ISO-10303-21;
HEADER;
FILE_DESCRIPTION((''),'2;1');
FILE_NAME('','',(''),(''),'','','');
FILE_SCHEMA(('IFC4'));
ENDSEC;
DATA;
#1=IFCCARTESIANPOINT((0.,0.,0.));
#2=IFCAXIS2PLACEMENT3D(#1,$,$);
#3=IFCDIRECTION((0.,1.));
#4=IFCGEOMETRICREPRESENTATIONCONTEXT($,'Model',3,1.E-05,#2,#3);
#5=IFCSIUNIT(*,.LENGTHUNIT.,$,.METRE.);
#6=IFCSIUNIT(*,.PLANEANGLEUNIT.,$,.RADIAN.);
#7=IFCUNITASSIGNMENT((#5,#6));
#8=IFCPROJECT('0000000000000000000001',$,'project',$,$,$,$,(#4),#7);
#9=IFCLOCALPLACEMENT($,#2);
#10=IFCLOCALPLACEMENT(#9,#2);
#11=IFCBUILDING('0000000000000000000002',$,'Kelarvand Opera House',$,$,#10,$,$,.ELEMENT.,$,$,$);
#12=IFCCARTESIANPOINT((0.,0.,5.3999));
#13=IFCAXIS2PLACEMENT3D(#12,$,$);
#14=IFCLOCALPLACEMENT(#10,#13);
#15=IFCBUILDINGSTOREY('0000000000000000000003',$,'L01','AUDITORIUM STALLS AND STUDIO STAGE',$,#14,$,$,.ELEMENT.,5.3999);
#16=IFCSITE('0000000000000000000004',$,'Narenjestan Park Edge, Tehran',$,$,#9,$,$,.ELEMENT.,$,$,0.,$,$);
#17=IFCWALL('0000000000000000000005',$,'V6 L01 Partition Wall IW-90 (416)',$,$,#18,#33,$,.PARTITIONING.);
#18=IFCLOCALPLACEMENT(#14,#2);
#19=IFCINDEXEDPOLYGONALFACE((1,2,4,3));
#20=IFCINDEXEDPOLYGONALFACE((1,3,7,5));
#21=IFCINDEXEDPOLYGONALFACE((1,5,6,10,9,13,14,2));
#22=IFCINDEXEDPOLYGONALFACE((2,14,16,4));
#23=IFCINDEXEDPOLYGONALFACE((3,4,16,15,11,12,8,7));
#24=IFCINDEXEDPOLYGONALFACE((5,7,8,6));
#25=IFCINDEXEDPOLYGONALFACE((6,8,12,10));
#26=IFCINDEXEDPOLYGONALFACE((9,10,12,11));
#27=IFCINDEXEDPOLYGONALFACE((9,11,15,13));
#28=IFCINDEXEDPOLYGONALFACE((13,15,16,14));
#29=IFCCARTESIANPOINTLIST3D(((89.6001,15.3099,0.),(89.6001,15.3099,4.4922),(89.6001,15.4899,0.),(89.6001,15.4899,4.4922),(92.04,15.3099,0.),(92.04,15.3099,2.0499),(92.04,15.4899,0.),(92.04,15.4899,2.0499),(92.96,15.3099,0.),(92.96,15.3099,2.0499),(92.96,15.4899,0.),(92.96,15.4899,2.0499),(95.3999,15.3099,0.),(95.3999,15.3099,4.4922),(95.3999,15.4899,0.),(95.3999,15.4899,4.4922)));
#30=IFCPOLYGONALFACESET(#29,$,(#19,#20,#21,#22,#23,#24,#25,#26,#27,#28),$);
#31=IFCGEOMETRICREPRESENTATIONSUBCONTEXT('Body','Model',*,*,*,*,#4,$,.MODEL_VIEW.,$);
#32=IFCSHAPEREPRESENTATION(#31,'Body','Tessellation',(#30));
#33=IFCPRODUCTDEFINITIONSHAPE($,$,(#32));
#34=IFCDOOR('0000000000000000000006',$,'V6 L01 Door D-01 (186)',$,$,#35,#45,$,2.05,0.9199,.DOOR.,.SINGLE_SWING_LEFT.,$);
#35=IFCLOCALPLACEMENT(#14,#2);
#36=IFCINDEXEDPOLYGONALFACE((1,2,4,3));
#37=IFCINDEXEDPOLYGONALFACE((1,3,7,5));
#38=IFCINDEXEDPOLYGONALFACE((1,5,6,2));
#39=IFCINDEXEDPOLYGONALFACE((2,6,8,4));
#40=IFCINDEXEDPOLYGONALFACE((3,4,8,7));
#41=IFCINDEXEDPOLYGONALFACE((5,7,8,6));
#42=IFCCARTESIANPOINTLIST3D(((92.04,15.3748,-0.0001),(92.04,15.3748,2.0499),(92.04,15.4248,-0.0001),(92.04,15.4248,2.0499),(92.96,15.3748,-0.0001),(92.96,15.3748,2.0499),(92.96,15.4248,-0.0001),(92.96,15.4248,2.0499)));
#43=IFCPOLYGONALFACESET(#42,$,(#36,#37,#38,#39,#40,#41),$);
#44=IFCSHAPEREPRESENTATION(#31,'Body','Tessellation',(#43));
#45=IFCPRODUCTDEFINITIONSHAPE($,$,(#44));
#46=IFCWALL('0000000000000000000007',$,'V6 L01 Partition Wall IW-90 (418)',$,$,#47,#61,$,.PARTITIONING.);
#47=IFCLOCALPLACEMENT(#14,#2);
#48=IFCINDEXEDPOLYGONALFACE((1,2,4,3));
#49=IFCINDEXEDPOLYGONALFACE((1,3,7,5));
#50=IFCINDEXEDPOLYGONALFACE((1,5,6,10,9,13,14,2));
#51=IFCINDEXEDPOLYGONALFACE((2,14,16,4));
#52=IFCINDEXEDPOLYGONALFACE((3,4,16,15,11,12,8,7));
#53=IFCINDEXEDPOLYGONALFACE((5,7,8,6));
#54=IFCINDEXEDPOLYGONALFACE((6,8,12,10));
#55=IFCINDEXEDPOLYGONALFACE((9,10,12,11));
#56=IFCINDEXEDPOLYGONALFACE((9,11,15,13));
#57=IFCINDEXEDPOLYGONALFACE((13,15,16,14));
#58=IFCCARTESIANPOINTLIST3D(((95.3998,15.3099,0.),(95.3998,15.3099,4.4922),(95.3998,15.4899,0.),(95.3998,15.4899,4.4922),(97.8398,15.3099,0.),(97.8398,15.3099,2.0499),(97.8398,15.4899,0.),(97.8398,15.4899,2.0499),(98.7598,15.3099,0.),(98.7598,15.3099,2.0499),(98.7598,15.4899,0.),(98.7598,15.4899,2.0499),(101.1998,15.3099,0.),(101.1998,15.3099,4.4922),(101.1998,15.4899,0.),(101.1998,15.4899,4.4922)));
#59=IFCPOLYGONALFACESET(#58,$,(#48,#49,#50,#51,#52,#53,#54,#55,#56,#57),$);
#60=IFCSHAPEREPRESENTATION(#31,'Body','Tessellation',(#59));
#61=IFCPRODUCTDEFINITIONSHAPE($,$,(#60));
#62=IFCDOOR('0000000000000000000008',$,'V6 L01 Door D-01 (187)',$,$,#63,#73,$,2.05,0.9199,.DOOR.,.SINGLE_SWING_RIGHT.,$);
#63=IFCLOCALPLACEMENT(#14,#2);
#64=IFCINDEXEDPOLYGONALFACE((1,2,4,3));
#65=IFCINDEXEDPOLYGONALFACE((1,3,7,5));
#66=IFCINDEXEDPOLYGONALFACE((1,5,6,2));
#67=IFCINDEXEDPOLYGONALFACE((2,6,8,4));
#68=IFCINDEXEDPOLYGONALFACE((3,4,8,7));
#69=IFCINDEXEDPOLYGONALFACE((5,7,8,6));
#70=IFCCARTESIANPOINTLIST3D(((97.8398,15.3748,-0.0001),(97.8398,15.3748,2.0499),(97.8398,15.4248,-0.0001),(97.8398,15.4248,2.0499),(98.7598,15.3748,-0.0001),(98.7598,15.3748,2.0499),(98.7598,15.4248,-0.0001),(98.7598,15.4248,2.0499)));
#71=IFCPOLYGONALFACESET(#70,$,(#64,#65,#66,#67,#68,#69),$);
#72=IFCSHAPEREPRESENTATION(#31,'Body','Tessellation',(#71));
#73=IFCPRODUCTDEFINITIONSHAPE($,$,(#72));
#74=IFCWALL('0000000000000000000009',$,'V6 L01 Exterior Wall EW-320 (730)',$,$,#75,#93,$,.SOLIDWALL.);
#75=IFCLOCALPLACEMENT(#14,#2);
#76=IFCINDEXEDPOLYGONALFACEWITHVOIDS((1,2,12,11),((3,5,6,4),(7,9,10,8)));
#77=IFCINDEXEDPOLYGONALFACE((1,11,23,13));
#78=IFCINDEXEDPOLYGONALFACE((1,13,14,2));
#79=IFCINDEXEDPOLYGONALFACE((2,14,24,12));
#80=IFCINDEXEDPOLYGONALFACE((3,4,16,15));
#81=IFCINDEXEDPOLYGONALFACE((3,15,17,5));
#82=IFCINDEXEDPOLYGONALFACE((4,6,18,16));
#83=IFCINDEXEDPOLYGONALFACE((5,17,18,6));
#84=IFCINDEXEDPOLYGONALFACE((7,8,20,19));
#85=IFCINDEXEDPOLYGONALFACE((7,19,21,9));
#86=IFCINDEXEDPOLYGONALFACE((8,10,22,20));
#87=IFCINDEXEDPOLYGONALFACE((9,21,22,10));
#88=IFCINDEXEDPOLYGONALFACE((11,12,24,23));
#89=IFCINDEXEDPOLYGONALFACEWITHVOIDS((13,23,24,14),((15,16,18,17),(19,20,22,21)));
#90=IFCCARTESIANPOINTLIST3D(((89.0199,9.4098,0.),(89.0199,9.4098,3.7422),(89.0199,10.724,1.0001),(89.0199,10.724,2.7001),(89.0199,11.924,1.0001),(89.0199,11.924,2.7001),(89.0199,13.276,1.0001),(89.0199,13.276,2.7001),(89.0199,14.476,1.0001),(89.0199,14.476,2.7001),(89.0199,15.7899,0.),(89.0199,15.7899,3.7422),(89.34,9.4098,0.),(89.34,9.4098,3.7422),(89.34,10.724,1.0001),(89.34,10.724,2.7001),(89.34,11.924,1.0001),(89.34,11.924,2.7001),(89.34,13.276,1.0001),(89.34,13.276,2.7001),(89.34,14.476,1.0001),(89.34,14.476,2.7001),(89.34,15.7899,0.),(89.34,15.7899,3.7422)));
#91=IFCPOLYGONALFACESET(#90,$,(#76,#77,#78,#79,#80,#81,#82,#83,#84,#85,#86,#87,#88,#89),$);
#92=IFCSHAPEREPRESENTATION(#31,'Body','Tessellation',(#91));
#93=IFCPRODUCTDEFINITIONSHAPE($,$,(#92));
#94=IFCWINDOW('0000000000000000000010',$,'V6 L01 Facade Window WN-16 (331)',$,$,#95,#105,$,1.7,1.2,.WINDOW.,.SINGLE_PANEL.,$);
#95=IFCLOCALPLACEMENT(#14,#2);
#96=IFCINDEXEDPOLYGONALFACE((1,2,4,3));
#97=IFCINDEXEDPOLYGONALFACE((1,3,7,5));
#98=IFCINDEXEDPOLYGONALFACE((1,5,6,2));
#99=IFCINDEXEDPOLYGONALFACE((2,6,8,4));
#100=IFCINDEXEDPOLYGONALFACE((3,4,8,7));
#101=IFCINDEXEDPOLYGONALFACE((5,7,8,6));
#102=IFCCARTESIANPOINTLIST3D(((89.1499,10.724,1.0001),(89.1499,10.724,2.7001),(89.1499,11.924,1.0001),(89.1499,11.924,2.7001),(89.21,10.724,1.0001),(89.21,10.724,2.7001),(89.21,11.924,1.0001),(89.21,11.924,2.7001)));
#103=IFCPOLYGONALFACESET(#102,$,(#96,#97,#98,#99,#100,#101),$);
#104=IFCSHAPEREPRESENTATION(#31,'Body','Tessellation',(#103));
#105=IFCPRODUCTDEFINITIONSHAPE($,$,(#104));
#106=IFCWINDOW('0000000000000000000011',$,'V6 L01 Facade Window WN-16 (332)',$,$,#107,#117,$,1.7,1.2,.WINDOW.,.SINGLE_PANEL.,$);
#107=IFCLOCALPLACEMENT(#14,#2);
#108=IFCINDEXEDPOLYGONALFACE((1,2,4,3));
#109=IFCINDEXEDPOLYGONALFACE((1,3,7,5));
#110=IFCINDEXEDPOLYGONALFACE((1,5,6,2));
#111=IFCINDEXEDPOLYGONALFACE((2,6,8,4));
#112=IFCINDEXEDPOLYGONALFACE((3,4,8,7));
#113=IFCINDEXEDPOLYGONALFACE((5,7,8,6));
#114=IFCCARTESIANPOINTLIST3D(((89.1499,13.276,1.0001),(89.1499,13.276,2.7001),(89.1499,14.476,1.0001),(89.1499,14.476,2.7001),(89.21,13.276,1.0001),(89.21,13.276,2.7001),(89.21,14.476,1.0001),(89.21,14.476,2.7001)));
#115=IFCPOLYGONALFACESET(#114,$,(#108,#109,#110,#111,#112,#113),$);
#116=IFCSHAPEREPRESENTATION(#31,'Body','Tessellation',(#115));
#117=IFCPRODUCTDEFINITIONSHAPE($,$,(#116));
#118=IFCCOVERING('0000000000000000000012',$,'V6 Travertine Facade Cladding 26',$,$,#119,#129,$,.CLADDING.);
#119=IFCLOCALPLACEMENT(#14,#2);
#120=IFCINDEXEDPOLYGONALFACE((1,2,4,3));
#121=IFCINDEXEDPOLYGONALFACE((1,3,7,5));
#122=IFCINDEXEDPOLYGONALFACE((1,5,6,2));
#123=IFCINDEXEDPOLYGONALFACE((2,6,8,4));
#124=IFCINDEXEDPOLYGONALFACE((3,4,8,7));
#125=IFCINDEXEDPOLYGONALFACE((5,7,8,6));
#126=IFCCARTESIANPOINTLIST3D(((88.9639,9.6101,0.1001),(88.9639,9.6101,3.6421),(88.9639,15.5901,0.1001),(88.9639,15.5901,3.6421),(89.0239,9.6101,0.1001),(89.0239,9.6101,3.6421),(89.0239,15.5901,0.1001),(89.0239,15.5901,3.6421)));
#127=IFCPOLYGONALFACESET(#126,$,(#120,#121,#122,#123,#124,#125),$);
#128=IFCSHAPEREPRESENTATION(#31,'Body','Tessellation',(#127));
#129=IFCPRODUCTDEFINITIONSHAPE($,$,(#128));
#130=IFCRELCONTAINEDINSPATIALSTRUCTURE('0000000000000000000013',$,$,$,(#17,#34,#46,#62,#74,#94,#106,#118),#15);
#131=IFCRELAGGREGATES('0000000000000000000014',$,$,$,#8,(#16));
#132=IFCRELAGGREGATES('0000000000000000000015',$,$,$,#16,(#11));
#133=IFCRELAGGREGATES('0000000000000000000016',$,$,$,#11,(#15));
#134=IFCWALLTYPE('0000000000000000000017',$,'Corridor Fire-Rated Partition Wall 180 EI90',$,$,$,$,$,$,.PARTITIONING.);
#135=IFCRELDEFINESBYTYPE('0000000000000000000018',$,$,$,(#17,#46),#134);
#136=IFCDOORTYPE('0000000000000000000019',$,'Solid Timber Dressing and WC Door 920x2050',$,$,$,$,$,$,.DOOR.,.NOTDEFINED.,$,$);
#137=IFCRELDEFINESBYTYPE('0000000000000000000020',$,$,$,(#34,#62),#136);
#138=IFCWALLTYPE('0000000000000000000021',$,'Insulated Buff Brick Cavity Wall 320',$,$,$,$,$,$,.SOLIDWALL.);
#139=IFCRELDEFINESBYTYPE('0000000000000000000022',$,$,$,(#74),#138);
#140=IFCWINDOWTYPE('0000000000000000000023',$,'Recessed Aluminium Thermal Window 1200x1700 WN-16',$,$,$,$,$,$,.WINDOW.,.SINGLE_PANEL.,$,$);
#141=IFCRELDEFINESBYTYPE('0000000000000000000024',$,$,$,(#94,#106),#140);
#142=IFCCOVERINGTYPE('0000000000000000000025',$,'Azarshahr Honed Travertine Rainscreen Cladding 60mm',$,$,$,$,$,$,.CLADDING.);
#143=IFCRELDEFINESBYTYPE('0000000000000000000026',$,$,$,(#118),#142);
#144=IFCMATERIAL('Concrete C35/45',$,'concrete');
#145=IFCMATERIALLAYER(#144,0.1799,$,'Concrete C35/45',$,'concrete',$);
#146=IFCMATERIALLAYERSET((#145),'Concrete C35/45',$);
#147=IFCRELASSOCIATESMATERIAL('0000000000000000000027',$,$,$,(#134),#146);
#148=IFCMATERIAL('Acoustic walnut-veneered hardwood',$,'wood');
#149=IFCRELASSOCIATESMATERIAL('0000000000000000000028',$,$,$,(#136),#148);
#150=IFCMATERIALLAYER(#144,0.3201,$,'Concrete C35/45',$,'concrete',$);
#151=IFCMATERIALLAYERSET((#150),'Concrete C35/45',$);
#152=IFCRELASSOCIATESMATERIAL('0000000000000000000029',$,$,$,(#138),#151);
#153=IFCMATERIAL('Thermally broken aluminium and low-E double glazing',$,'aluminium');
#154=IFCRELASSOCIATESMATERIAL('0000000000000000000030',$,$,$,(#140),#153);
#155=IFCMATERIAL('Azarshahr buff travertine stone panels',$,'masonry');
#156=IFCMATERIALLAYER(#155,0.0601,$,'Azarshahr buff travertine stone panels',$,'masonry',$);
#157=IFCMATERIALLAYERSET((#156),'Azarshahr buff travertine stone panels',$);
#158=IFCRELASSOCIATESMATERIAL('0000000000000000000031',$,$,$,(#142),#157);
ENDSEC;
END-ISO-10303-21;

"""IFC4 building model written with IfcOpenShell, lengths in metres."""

from ifc_helpers import new_model, si_unit, direction, frame, frame_2d, origin, origin_2d, place, context, subcontext, project, spatial, rectangle, extrude, material, layer, layer_set, type_object, element, fill, save


model = new_model("IFC4")

# Units and contexts
model_context = context("Model", 3, precision=1e-05, world=origin(), true_north=direction((0.0, 1.0)))
body_context = subcontext(model_context, "Body", "Model", "MODEL_VIEW")
ifc_project = project(units=[si_unit("LENGTHUNIT", "METRE"), si_unit("PLANEANGLEUNIT", "RADIAN")], contexts=[model_context])

# Site, building, storey
site_placement = place(None, origin())
site = spatial("IfcSite", under=ifc_project, at=site_placement, Name="Narenjestan Park Edge, Tehran", CompositionType="ELEMENT", RefElevation=0.0)
building_placement = place(site_placement, origin())
building = spatial("IfcBuilding", under=site, at=building_placement, Name="Kelarvand Opera House", CompositionType="ELEMENT")
storey_placement = place(building_placement, frame((0.0, 0.0, 5.3999)))
storey = spatial("IfcBuildingStorey", under=building, at=storey_placement, Name="L01", Description="AUDITORIUM STALLS AND STUDIO STAGE", CompositionType="ELEMENT", Elevation=5.3999)

# Walls, openings, doors
ifc_material_1 = material(Name="Concrete C35/45", Category="concrete")
ifc_layer_1 = layer(ifc_material_1, 0.1799, Name="Concrete C35/45", Category="concrete")
ifc_layer_set_1 = layer_set([ifc_layer_1], Name="Concrete C35/45")
wall_type_1 = type_object("IfcWallType", Name="Corridor Fire-Rated Partition Wall 180 EI90", PredefinedType="PARTITIONING", material=ifc_layer_set_1)
wall_1_placement = place(storey_placement, frame((89.6001, 15.3999, 0.0), z_axis=(0.0, 0.0, 1.0), x_axis=(1.0, 0.0, 0.0)))
wall_1 = element("IfcWall", 1, at=wall_1_placement, inside=storey, type_object=wall_type_1, Name="V6 L01 Partition Wall IW-90 (416)", PredefinedType="PARTITIONING", context=body_context, shape_type="SweptSolid", body=[
    extrude(rectangle(XDim=5.7998, YDim=0.1799, at=frame_2d((2.8999, 0.0))), origin(), (0.0, 0.0, 1.0), 4.4922),
])
opening_1_placement = place(wall_1_placement, frame((2.4399, 0.0, 0.0)))
opening_1 = element("IfcOpeningElement", 2, at=opening_1_placement, cuts=wall_1, PredefinedType="OPENING", context=body_context, shape_type="SweptSolid", body=[
    extrude(rectangle(XDim=0.9199, YDim=2.05, at=frame_2d((0.46, 1.0249))), frame((0.0, 0.1001, 0.0), z_axis=(0.0, -1.0, 0.0), x_axis=(1.0, 0.0, 0.0)), (0.0, 0.0, 1.0), 0.2),
])
ifc_material_2 = material(Name="Acoustic walnut-veneered hardwood", Category="wood")
door_type = type_object("IfcDoorType", Name="Solid Timber Dressing and WC Door 920x2050", OperationType="NOTDEFINED", PredefinedType="DOOR", material=ifc_material_2)
door_1_placement = place(opening_1_placement, origin())
door_1 = element("IfcDoor", 3, at=door_1_placement, inside=storey, type_object=door_type, Name="V6 L01 Door D-01 (186)", OperationType="SINGLE_SWING_LEFT", OverallHeight=2.05, OverallWidth=0.9199, PredefinedType="DOOR", context=body_context, shape_type="SweptSolid", body=[
    extrude(rectangle(XDim=0.9199, YDim=2.05, at=frame_2d((0.46, 1.0249))), frame((0.0, 0.0249, 0.0), z_axis=(0.0, -1.0, 0.0), x_axis=(1.0, 0.0, 0.0)), (0.0, 0.0, 1.0), 0.05),
])
fill(opening_1, door_1)
wall_2_placement = place(storey_placement, frame((95.3999, 15.3999, 0.0), z_axis=(0.0, 0.0, 1.0), x_axis=(1.0, 0.0, 0.0)))
wall_2 = element("IfcWall", 4, at=wall_2_placement, inside=storey, type_object=wall_type_1, Name="V6 L01 Partition Wall IW-90 (418)", PredefinedType="PARTITIONING", context=body_context, shape_type="SweptSolid", body=[
    extrude(rectangle(XDim=5.8, YDim=0.1799, at=frame_2d((2.8999, 0.0))), origin(), (0.0, 0.0, 1.0), 4.4922),
])
opening_2_placement = place(wall_2_placement, frame((2.4399, 0.0, 0.0)))
opening_2 = element("IfcOpeningElement", 5, at=opening_2_placement, cuts=wall_2, PredefinedType="OPENING", context=body_context, shape_type="SweptSolid", body=[
    extrude(rectangle(XDim=0.9199, YDim=2.05, at=frame_2d((0.46, 1.0249))), frame((0.0, 0.1001, 0.0), z_axis=(0.0, -1.0, 0.0), x_axis=(1.0, 0.0, 0.0)), (0.0, 0.0, 1.0), 0.2),
])
door_2_placement = place(opening_2_placement, origin())
door_2 = element("IfcDoor", 6, at=door_2_placement, inside=storey, type_object=door_type, Name="V6 L01 Door D-01 (187)", OperationType="SINGLE_SWING_RIGHT", OverallHeight=2.05, OverallWidth=0.9199, PredefinedType="DOOR", context=body_context, shape_type="SweptSolid", body=[
    extrude(rectangle(XDim=0.9199, YDim=2.05, at=frame_2d((0.46, 1.0249))), frame((0.0, 0.0249, 0.0), z_axis=(0.0, -1.0, 0.0), x_axis=(1.0, 0.0, 0.0)), (0.0, 0.0, 1.0), 0.05),
])
fill(opening_2, door_2)

# Wall, openings, windows
ifc_layer_2 = layer(ifc_material_1, 0.3201, Name="Concrete C35/45", Category="concrete")
ifc_layer_set_2 = layer_set([ifc_layer_2], Name="Concrete C35/45")
wall_type_2 = type_object("IfcWallType", Name="Insulated Buff Brick Cavity Wall 320", PredefinedType="SOLIDWALL", material=ifc_layer_set_2)
wall_3_placement = place(storey_placement, frame((89.1799, 9.4099, 0.0), z_axis=(0.0, 0.0, 1.0), x_axis=(0.0, 1.0, 0.0)))
wall_3 = element("IfcWall", 7, at=wall_3_placement, inside=storey, type_object=wall_type_2, Name="V6 L01 Exterior Wall EW-320 (730)", PredefinedType="SOLIDWALL", context=body_context, shape_type="SweptSolid", body=[
    extrude(rectangle(XDim=6.3801, YDim=0.3201, at=frame_2d((3.1899, 0.0))), origin(), (0.0, 0.0, 1.0), 3.7422),
])
opening_3_placement = place(wall_3_placement, frame((1.314, 0.0, 1.0)))
opening_3 = element("IfcOpeningElement", 8, at=opening_3_placement, cuts=wall_3, PredefinedType="OPENING", context=body_context, shape_type="SweptSolid", body=[
    extrude(rectangle(XDim=1.2, YDim=1.7, at=frame_2d((0.6001, 0.8501))), frame((0.0, 0.1699, 0.0), z_axis=(0.0, -1.0, 0.0), x_axis=(1.0, 0.0, 0.0)), (0.0, 0.0, 1.0), 0.3401),
])
opening_4_placement = place(wall_3_placement, frame((3.866, 0.0, 1.0)))
opening_4 = element("IfcOpeningElement", 9, at=opening_4_placement, cuts=wall_3, PredefinedType="OPENING", context=body_context, shape_type="SweptSolid", body=[
    extrude(rectangle(XDim=1.2, YDim=1.7, at=frame_2d((0.6001, 0.8501))), frame((0.0, 0.1699, 0.0), z_axis=(0.0, -1.0, 0.0), x_axis=(1.0, 0.0, 0.0)), (0.0, 0.0, 1.0), 0.3401),
])
ifc_material_3 = material(Name="Thermally broken aluminium and low-E double glazing", Category="aluminium")
window_type = type_object("IfcWindowType", Name="Recessed Aluminium Thermal Window 1200x1700 WN-16", PartitioningType="SINGLE_PANEL", PredefinedType="WINDOW", material=ifc_material_3)
window_1_placement = place(opening_3_placement, origin())
window_1 = element("IfcWindow", 10, at=window_1_placement, inside=storey, type_object=window_type, Name="V6 L01 Facade Window WN-16 (331)", OverallHeight=1.7, OverallWidth=1.2, PartitioningType="SINGLE_PANEL", PredefinedType="WINDOW", context=body_context, shape_type="SweptSolid", body=[
    extrude(rectangle(XDim=1.2, YDim=1.7, at=frame_2d((0.6001, 0.8501))), frame((0.0, 0.03, 0.0), z_axis=(0.0, -1.0, 0.0), x_axis=(1.0, 0.0, 0.0)), (0.0, 0.0, 1.0), 0.0601),
])
fill(opening_3, window_1)
window_2_placement = place(opening_4_placement, origin())
window_2 = element("IfcWindow", 11, at=window_2_placement, inside=storey, type_object=window_type, Name="V6 L01 Facade Window WN-16 (332)", OverallHeight=1.7, OverallWidth=1.2, PartitioningType="SINGLE_PANEL", PredefinedType="WINDOW", context=body_context, shape_type="SweptSolid", body=[
    extrude(rectangle(XDim=1.2, YDim=1.7, at=frame_2d((0.6001, 0.8501))), frame((0.0, 0.03, 0.0), z_axis=(0.0, -1.0, 0.0), x_axis=(1.0, 0.0, 0.0)), (0.0, 0.0, 1.0), 0.0601),
])
fill(opening_4, window_2)

# Covering
ifc_material_4 = material(Name="Azarshahr buff travertine stone panels", Category="masonry")
ifc_layer_3 = layer(ifc_material_4, 0.0601, Name="Azarshahr buff travertine stone panels", Category="masonry")
ifc_layer_set_3 = layer_set([ifc_layer_3], Name="Azarshahr buff travertine stone panels")
covering_type = type_object("IfcCoveringType", Name="Azarshahr Honed Travertine Rainscreen Cladding 60mm", PredefinedType="CLADDING", material=ifc_layer_set_3)
covering_placement = place(storey_placement, frame((88.9939, 12.6001, 0.1001), z_axis=(0.0, 0.0, 1.0), x_axis=(0.0, 1.0, 0.0)))
element("IfcCovering", 12, at=covering_placement, inside=storey, type_object=covering_type, Name="V6 Travertine Facade Cladding 26", PredefinedType="CLADDING", context=body_context, shape_type="SweptSolid", body=[
    extrude(rectangle(XDim=5.98, YDim=0.0601, at=origin_2d()), origin(), (0.0, 0.0, 1.0), 3.542),
])

save(model, "model.ifc")
